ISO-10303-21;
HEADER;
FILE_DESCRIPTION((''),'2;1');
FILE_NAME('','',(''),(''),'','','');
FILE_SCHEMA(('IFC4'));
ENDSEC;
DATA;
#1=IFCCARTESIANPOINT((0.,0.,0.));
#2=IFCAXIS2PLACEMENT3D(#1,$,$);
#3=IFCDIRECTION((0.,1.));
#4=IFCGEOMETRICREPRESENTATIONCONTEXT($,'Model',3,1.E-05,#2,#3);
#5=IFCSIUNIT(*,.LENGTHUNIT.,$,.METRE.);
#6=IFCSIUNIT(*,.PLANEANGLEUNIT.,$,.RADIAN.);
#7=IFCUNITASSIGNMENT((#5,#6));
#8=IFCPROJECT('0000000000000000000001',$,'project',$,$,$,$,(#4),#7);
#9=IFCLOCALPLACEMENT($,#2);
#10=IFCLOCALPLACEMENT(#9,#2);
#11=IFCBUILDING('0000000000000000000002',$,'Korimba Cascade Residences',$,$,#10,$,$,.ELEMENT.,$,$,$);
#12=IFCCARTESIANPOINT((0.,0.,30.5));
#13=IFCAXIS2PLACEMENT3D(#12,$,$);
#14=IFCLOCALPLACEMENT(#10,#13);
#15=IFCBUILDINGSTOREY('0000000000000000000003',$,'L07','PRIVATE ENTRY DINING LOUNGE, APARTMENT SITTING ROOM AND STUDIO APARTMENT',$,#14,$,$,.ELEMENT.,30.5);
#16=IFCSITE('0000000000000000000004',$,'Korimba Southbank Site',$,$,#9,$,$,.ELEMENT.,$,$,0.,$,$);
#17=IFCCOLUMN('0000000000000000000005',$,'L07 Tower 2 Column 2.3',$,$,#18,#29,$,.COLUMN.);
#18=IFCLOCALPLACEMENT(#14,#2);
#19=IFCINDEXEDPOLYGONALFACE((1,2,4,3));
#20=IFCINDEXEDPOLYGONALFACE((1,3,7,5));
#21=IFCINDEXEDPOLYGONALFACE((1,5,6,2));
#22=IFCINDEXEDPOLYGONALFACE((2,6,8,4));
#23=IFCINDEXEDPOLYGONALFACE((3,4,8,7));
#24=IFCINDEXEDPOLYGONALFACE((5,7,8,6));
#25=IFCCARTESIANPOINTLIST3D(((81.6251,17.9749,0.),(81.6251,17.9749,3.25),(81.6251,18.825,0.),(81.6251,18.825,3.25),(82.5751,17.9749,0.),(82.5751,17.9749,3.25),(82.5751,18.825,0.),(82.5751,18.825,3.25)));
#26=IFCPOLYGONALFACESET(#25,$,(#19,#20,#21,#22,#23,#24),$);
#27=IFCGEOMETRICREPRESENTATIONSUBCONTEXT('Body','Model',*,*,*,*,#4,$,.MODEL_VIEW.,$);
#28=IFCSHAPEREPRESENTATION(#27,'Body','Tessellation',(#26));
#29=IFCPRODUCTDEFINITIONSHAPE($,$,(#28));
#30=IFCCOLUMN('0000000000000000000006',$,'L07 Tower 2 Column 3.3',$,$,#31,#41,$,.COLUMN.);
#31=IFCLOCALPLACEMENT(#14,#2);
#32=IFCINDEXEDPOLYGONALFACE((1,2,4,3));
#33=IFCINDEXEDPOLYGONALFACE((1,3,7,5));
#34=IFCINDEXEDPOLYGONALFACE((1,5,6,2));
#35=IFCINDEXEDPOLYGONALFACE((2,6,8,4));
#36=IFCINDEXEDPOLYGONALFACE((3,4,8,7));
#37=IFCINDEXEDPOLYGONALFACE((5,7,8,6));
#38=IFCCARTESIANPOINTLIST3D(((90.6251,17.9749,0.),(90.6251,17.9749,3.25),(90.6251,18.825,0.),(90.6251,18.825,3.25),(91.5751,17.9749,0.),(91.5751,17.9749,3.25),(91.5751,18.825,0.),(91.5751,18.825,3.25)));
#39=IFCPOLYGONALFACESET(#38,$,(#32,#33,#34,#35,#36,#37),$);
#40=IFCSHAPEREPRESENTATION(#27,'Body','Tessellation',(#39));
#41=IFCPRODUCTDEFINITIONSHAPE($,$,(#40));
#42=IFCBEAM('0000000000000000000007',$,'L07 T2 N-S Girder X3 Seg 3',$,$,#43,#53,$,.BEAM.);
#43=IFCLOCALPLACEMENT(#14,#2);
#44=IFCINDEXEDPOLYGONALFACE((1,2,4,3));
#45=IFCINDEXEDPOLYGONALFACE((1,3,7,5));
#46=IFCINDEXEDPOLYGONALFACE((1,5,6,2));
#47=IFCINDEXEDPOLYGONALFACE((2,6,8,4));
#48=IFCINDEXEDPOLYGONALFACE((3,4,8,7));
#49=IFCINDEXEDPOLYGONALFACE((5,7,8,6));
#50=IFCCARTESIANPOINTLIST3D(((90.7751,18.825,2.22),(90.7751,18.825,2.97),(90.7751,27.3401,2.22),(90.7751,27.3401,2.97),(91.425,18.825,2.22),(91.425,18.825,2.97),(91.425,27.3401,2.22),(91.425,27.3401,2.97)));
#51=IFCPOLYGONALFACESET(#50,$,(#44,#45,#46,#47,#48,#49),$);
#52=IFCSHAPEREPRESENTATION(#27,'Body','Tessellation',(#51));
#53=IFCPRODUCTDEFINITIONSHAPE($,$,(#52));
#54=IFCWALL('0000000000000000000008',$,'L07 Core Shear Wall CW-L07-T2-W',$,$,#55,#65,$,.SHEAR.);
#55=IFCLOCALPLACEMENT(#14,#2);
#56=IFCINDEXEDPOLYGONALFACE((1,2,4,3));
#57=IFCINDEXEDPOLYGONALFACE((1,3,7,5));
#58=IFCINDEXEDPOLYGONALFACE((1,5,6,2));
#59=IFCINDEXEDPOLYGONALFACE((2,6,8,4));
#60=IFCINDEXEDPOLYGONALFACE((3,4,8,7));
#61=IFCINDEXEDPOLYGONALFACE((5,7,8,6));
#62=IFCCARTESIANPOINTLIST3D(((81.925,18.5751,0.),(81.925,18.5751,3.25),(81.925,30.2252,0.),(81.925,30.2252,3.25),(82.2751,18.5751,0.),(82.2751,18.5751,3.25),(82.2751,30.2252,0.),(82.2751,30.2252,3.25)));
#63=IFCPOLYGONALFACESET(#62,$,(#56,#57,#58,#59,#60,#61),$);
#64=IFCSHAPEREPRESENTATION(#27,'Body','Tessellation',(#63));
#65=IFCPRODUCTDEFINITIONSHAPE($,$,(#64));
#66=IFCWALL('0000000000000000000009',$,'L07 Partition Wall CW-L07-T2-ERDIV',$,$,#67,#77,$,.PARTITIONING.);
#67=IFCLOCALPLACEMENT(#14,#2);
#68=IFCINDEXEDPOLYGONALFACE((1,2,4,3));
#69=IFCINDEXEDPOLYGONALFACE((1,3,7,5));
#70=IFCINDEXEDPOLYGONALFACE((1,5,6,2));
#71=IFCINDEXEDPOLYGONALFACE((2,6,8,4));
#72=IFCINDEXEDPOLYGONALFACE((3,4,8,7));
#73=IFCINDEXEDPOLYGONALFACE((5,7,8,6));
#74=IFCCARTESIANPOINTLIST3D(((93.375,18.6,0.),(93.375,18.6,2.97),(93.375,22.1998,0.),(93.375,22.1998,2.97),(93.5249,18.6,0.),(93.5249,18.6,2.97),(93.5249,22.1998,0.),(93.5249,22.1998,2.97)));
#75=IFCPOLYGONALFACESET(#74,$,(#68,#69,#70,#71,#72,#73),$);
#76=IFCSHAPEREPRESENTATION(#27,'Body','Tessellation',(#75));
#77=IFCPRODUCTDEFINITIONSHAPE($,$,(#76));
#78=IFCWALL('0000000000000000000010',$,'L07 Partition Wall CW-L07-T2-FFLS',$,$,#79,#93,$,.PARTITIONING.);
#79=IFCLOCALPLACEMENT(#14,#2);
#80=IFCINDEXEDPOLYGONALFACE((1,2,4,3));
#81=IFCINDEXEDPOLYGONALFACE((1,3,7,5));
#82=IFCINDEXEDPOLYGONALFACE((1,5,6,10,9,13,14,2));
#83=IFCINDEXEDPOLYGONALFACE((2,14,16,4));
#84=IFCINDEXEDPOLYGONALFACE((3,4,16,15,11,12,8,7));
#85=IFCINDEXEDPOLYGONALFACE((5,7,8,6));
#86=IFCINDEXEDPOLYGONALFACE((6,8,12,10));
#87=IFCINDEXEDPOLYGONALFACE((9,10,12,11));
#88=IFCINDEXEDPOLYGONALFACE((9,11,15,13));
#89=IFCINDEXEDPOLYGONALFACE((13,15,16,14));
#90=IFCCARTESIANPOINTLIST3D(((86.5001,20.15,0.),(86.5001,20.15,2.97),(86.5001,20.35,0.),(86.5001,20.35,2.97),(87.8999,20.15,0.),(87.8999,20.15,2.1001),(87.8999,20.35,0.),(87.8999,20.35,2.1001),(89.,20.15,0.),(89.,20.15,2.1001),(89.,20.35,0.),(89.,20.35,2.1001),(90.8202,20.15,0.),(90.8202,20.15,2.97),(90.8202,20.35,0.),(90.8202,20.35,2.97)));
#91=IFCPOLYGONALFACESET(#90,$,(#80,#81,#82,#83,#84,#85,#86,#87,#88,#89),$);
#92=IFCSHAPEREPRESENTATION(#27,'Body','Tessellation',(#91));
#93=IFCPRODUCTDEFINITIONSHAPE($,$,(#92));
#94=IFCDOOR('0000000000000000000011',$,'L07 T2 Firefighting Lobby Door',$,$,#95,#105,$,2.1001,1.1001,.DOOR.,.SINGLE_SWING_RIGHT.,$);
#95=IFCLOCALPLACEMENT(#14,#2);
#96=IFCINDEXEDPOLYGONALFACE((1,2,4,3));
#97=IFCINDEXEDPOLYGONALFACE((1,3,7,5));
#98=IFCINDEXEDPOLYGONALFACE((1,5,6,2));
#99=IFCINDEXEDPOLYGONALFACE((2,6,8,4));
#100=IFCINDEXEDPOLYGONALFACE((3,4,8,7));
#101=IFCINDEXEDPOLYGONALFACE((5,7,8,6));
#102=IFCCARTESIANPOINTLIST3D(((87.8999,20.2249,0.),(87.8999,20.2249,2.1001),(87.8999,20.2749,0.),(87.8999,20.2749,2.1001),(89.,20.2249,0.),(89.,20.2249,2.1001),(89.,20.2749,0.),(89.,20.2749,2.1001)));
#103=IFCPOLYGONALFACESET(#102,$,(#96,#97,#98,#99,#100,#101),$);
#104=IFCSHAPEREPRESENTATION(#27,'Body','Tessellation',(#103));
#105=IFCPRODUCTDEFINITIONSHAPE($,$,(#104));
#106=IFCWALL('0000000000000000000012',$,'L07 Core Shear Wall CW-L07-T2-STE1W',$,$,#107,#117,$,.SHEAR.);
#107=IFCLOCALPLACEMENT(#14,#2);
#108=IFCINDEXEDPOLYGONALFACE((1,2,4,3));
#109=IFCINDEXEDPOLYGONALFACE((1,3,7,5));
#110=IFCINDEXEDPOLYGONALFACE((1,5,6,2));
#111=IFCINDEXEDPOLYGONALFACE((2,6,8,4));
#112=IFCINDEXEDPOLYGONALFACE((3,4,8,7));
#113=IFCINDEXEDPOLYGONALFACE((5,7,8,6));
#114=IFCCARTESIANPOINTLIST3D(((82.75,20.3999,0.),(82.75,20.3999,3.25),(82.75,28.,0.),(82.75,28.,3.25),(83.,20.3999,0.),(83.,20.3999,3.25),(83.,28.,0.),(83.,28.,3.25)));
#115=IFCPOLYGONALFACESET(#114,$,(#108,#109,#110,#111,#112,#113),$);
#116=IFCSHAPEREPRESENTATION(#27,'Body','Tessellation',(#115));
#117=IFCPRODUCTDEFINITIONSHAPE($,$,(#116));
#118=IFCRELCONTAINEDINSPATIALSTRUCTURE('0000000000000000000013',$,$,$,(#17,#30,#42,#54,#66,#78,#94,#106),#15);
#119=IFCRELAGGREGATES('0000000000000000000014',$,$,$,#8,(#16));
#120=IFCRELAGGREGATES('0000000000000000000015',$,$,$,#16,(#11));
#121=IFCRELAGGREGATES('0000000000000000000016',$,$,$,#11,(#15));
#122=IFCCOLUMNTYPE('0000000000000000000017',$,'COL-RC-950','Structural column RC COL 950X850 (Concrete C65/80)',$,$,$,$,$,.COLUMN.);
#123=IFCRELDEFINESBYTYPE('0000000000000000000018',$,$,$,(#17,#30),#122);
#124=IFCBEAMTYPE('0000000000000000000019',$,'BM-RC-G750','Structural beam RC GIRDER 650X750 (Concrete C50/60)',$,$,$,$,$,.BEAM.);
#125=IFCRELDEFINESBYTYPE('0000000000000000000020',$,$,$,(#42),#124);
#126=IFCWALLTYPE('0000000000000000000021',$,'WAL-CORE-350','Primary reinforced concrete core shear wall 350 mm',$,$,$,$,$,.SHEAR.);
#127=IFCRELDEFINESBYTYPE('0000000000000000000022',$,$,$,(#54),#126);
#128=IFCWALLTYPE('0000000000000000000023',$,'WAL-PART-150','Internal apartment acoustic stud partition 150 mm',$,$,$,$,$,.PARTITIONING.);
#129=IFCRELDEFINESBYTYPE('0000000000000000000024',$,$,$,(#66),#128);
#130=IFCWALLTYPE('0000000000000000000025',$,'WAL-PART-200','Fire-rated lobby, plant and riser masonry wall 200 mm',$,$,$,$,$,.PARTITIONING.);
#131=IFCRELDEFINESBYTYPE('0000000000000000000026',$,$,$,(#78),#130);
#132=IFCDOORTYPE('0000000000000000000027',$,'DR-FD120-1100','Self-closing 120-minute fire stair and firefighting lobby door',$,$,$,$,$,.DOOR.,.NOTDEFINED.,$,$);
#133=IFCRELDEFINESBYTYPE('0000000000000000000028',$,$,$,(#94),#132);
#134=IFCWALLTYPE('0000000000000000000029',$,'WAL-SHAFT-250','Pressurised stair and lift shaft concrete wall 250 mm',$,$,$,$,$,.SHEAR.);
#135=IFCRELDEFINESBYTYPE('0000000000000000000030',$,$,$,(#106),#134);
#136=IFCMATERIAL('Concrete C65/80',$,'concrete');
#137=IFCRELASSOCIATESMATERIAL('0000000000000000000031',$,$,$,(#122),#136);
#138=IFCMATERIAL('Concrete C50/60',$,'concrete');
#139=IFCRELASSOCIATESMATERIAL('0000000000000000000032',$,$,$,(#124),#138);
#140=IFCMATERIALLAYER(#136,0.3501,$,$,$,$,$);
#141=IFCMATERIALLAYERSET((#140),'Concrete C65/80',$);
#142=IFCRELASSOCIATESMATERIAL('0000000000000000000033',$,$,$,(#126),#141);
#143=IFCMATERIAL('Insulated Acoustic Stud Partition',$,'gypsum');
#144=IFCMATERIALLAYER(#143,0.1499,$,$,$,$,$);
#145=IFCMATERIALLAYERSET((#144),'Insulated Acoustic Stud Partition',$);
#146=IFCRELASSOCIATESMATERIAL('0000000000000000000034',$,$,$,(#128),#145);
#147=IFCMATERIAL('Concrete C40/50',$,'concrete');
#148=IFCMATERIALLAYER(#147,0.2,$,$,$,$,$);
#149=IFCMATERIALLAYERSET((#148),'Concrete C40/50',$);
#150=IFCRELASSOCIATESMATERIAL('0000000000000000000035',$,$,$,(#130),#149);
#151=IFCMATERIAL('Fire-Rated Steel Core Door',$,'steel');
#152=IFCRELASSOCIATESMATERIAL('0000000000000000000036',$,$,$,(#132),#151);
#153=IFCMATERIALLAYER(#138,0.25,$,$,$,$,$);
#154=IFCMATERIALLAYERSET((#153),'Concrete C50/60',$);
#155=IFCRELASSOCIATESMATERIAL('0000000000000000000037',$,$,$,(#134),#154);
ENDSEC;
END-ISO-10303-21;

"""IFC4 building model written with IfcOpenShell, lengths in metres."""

from ifc_helpers import new_model, si_unit, direction, frame, frame_2d, origin, origin_2d, place, context, subcontext, project, spatial, rectangle, extrude, material, layer, layer_set, material_profile, profile_set, type_object, element, fill, save


model = new_model("IFC4")

# Units and contexts
model_context = context("Model", 3, precision=1e-05, world=origin(), true_north=direction((0.0, 1.0)))
body_context = subcontext(model_context, "Body", "Model", "MODEL_VIEW")
ifc_project = project(units=[si_unit("LENGTHUNIT", "METRE"), si_unit("PLANEANGLEUNIT", "RADIAN")], contexts=[model_context])

# Site, building, storey
site_placement = place(None, origin())
site = spatial("IfcSite", under=ifc_project, at=site_placement, Name="Korimba Southbank Site", CompositionType="ELEMENT", RefElevation=0.0)
building_placement = place(site_placement, origin())
building = spatial("IfcBuilding", under=site, at=building_placement, Name="Korimba Cascade Residences", CompositionType="ELEMENT")
storey_placement = place(building_placement, frame((0.0, 0.0, 30.5)))
storey = spatial("IfcBuildingStorey", under=building, at=storey_placement, Name="L07", Description="PRIVATE ENTRY DINING LOUNGE, APARTMENT SITTING ROOM AND STUDIO APARTMENT", CompositionType="ELEMENT", Elevation=30.5)

# Columns
ifc_material_1 = material(Name="Concrete C65/80", Category="concrete")
ifc_material_profile_1 = material_profile(ifc_material_1, rectangle(XDim=0.95, YDim=0.8501, at=origin_2d()), Name="Concrete C65/80")
ifc_profile_set_1 = profile_set([ifc_material_profile_1], Name="Concrete C65/80")
column_type = type_object("IfcColumnType", Name="COL-RC-950", Description="Structural column RC COL 950X850 (Concrete C65/80)", PredefinedType="COLUMN", material=ifc_profile_set_1)
for number, where, z_axis, x_axis, name in (
    (1, (82.1001, 18.3999, 0.0), (0.0, 0.0, 1.0), (1.0, 0.0, 0.0), "L07 Tower 2 Column 2.3"),
    (2, (91.1001, 18.3999, 0.0), (0.0, 0.0, 1.0), (1.0, 0.0, 0.0), "L07 Tower 2 Column 3.3"),
):
    element("IfcColumn", number, at=place(storey_placement, frame(where, z_axis=z_axis, x_axis=x_axis)), inside=storey, type_object=column_type, Name=name, PredefinedType="COLUMN", context=body_context, shape_type="SweptSolid", body=[
        extrude(rectangle(XDim=0.95, YDim=0.8501, at=origin_2d()), origin(), (0.0, 0.0, 1.0), 3.25),
    ])

# Beam
ifc_material_2 = material(Name="Concrete C50/60", Category="concrete")
ifc_material_profile_2 = material_profile(ifc_material_2, rectangle(XDim=0.6499, YDim=0.75, at=origin_2d()), Name="Concrete C50/60")
ifc_profile_set_2 = profile_set([ifc_material_profile_2], Name="Concrete C50/60")
beam_type = type_object("IfcBeamType", Name="BM-RC-G750", Description="Structural beam RC GIRDER 650X750 (Concrete C50/60)", PredefinedType="BEAM", material=ifc_profile_set_2)
beam_placement = place(storey_placement, frame((91.1001, 18.825, 2.595), z_axis=(0.0, 1.0, 0.0), x_axis=(-1.0, 0.0, 0.0)))
element("IfcBeam", 3, at=beam_placement, inside=storey, type_object=beam_type, Name="L07 T2 N-S Girder X3 Seg 3", PredefinedType="BEAM", context=body_context, shape_type="SweptSolid", body=[
    extrude(rectangle(XDim=0.6499, YDim=0.75, at=origin_2d()), origin(), (0.0, 0.0, 1.0), 8.5151),
])

# Walls
ifc_layer_1 = layer(ifc_material_1, 0.3501)
ifc_layer_set_1 = layer_set([ifc_layer_1], Name="Concrete C65/80")
wall_type_1 = type_object("IfcWallType", Name="WAL-CORE-350", Description="Primary reinforced concrete core shear wall 350 mm", PredefinedType="SHEAR", material=ifc_layer_set_1)
wall_1_placement = place(storey_placement, frame((82.1001, 18.575, 0.0), z_axis=(0.0, 0.0, 1.0), x_axis=(0.0, 1.0, 0.0)))
element("IfcWall", 4, at=wall_1_placement, inside=storey, type_object=wall_type_1, Name="L07 Core Shear Wall CW-L07-T2-W", PredefinedType="SHEAR", context=body_context, shape_type="SweptSolid", body=[
    extrude(rectangle(XDim=11.6501, YDim=0.3501, at=frame_2d((5.8252, 0.0))), origin(), (0.0, 0.0, 1.0), 3.25),
])
ifc_material_3 = material(Name="Insulated Acoustic Stud Partition", Category="gypsum")
ifc_layer_2 = layer(ifc_material_3, 0.1499)
ifc_layer_set_2 = layer_set([ifc_layer_2], Name="Insulated Acoustic Stud Partition")
wall_type_2 = type_object("IfcWallType", Name="WAL-PART-150", Description="Internal apartment acoustic stud partition 150 mm", PredefinedType="PARTITIONING", material=ifc_layer_set_2)
wall_2_placement = place(storey_placement, frame((93.45, 18.6001, 0.0), z_axis=(0.0, 0.0, 1.0), x_axis=(0.0, 1.0, 0.0)))
element("IfcWall", 5, at=wall_2_placement, inside=storey, type_object=wall_type_2, Name="L07 Partition Wall CW-L07-T2-ERDIV", PredefinedType="PARTITIONING", context=body_context, shape_type="SweptSolid", body=[
    extrude(rectangle(XDim=3.5999, YDim=0.1499, at=frame_2d((1.7998, 0.0))), origin(), (0.0, 0.0, 1.0), 2.97),
])

# Wall, opening, door
ifc_material_4 = material(Name="Concrete C40/50", Category="concrete")
ifc_layer_3 = layer(ifc_material_4, 0.2)
ifc_layer_set_3 = layer_set([ifc_layer_3], Name="Concrete C40/50")
wall_type_3 = type_object("IfcWallType", Name="WAL-PART-200", Description="Fire-rated lobby, plant and riser masonry wall 200 mm", PredefinedType="PARTITIONING", material=ifc_layer_set_3)
wall_3_placement = place(storey_placement, frame((86.5, 20.25, 0.0), z_axis=(0.0, 0.0, 1.0), x_axis=(1.0, 0.0, 0.0)))
wall_3 = element("IfcWall", 6, at=wall_3_placement, inside=storey, type_object=wall_type_3, Name="L07 Partition Wall CW-L07-T2-FFLS", PredefinedType="PARTITIONING", context=body_context, shape_type="SweptSolid", body=[
    extrude(rectangle(XDim=4.3201, YDim=0.2, at=frame_2d((2.1602, 0.0))), origin(), (0.0, 0.0, 1.0), 2.97),
])
opening_1_placement = place(wall_3_placement, frame((1.3999, 0.0, 0.0)))
opening_1 = element("IfcOpeningElement", 7, at=opening_1_placement, cuts=wall_3, PredefinedType="OPENING", context=body_context, shape_type="SweptSolid", body=[
    extrude(rectangle(XDim=1.1001, YDim=2.1001, at=frame_2d((0.55, 1.05))), frame((0.0, 0.1099, 0.0), z_axis=(0.0, -1.0, 0.0), x_axis=(1.0, 0.0, 0.0)), (0.0, 0.0, 1.0), 0.22),
])
ifc_material_5 = material(Name="Fire-Rated Steel Core Door", Category="steel")
door_type_1 = type_object("IfcDoorType", Name="DR-FD120-1100", Description="Self-closing 120-minute fire stair and firefighting lobby door", OperationType="NOTDEFINED", PredefinedType="DOOR", material=ifc_material_5)
door_1_placement = place(opening_1_placement, origin())
door_1 = element("IfcDoor", 8, at=door_1_placement, inside=storey, type_object=door_type_1, Name="L07 T2 Firefighting Lobby Door", OperationType="SINGLE_SWING_RIGHT", OverallHeight=2.1001, OverallWidth=1.1001, PredefinedType="DOOR", context=body_context, shape_type="SweptSolid", body=[
    extrude(rectangle(XDim=1.1001, YDim=2.1001, at=frame_2d((0.55, 1.05))), frame((0.0, 0.0249, 0.0), z_axis=(0.0, -1.0, 0.0), x_axis=(1.0, 0.0, 0.0)), (0.0, 0.0, 1.0), 0.05),
])
fill(opening_1, door_1)

# Wall
ifc_layer_4 = layer(ifc_material_2, 0.25)
ifc_layer_set_4 = layer_set([ifc_layer_4], Name="Concrete C50/60")
wall_type_4 = type_object("IfcWallType", Name="WAL-SHAFT-250", Description="Pressurised stair and lift shaft concrete wall 250 mm", PredefinedType="SHEAR", material=ifc_layer_set_4)
wall_4_placement = place(storey_placement, frame((82.875, 20.3999, 0.0), z_axis=(0.0, 0.0, 1.0), x_axis=(0.0, 1.0, 0.0)))
element("IfcWall", 9, at=wall_4_placement, inside=storey, type_object=wall_type_4, Name="L07 Core Shear Wall CW-L07-T2-STE1W", PredefinedType="SHEAR", context=body_context, shape_type="SweptSolid", body=[
    extrude(rectangle(XDim=7.6001, YDim=0.25, at=frame_2d((3.8, 0.0))), origin(), (0.0, 0.0, 1.0), 3.25),
])

save(model, "model.ifc")
